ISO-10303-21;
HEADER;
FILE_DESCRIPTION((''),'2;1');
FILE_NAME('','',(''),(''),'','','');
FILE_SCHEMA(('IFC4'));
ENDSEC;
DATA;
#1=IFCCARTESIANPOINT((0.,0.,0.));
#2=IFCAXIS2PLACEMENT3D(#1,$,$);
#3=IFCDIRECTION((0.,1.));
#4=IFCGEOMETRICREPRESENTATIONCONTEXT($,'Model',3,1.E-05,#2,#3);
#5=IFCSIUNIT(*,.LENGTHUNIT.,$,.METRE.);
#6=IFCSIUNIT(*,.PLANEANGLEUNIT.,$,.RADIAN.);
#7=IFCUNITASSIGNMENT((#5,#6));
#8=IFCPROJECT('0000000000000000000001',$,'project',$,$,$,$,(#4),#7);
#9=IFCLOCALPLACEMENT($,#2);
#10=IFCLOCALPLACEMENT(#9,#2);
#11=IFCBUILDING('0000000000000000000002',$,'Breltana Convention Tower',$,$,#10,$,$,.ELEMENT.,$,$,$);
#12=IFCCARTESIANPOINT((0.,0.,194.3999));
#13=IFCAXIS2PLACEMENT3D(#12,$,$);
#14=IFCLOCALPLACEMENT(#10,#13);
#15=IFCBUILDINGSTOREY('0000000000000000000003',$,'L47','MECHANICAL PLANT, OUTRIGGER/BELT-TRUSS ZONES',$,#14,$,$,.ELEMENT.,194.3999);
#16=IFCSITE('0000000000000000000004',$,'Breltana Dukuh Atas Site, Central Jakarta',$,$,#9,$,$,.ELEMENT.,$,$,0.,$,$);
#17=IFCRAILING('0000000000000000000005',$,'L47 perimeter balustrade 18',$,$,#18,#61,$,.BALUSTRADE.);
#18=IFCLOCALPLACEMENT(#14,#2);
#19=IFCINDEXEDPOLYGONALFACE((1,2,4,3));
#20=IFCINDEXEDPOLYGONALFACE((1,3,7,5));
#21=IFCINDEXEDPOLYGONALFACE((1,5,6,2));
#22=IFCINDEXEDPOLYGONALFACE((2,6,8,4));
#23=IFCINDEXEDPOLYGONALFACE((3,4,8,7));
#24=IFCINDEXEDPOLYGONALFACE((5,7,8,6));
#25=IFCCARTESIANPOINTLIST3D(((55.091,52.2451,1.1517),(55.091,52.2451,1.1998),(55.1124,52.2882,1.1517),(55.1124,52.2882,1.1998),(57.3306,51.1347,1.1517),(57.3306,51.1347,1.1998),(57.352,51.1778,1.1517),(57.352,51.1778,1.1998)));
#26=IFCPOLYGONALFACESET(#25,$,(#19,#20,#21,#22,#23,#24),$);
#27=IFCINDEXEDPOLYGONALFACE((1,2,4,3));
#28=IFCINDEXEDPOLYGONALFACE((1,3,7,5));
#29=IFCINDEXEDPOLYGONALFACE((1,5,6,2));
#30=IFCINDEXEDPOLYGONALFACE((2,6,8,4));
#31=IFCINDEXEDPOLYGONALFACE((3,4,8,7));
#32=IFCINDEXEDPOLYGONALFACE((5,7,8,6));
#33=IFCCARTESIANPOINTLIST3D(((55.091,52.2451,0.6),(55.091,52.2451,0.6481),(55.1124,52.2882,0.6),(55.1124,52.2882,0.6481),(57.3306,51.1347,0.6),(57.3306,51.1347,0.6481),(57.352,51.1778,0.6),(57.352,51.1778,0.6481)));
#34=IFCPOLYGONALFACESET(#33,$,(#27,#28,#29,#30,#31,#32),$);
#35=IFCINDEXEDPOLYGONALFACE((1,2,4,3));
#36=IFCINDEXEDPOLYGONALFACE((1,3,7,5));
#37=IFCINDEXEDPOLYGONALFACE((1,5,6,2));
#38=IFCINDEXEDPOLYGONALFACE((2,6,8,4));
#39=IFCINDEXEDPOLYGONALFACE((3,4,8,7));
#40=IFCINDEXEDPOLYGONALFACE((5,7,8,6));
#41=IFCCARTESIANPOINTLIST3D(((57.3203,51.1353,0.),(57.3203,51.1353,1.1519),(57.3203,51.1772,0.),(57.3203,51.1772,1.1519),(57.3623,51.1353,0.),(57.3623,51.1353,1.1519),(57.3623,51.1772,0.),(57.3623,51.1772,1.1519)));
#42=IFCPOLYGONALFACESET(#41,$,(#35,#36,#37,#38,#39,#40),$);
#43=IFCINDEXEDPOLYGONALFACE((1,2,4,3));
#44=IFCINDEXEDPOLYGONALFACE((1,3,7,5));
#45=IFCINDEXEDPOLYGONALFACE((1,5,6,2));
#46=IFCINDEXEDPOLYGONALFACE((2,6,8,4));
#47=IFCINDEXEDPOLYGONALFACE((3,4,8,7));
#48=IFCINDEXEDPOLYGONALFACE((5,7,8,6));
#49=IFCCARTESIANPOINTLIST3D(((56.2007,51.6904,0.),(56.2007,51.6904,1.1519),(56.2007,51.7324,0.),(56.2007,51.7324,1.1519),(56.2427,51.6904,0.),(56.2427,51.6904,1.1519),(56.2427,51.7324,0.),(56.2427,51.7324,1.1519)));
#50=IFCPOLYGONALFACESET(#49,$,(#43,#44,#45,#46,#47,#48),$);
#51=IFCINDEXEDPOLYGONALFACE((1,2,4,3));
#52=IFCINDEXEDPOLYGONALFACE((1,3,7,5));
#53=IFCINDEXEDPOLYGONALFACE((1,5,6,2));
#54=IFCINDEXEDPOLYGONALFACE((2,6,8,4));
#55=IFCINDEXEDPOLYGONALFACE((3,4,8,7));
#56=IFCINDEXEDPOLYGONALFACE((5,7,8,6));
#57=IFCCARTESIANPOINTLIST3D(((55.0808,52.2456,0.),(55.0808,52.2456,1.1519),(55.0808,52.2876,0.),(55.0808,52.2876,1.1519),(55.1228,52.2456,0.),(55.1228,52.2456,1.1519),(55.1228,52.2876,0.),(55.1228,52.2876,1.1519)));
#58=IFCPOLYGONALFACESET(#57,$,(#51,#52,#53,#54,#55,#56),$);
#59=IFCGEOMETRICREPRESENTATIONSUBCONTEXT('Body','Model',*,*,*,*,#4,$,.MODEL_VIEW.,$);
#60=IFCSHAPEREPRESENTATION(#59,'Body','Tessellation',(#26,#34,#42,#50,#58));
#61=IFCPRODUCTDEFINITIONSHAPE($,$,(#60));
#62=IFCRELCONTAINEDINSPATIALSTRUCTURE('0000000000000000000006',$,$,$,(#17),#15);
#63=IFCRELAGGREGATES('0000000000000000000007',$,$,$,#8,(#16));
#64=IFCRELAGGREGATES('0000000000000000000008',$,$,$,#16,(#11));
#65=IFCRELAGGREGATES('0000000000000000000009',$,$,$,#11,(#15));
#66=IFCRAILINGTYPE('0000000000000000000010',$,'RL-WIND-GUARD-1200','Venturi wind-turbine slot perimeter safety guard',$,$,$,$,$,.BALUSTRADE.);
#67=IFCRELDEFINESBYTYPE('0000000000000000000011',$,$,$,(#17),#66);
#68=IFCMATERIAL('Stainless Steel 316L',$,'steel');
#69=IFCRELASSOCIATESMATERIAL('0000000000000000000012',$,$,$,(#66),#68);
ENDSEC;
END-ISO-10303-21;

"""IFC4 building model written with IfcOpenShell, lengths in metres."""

from ifc_helpers import new_model, si_unit, direction, frame, origin, origin_2d, place, context, subcontext, project, spatial, rectangle, extrude, material, type_object, element, save


model = new_model("IFC4")

# Units and contexts
model_context = context("Model", 3, precision=1e-05, world=origin(), true_north=direction((0.0, 1.0)))
body_context = subcontext(model_context, "Body", "Model", "MODEL_VIEW")
ifc_project = project(units=[si_unit("LENGTHUNIT", "METRE"), si_unit("PLANEANGLEUNIT", "RADIAN")], contexts=[model_context])

# Site, building, storey
site_placement = place(None, origin())
site = spatial("IfcSite", under=ifc_project, at=site_placement, Name="Breltana Dukuh Atas Site, Central Jakarta", CompositionType="ELEMENT", RefElevation=0.0)
building_placement = place(site_placement, origin())
building = spatial("IfcBuilding", under=site, at=building_placement, Name="Breltana Convention Tower", CompositionType="ELEMENT")
storey_placement = place(building_placement, frame((0.0, 0.0, 194.3999)))
storey = spatial("IfcBuildingStorey", under=building, at=storey_placement, Name="L47", Description="MECHANICAL PLANT, OUTRIGGER/BELT-TRUSS ZONES", CompositionType="ELEMENT", Elevation=194.3999)

# Railing
ifc_material_1 = material(Name="Stainless Steel 316L", Category="steel")
railing_type = type_object("IfcRailingType", Name="RL-WIND-GUARD-1200", Description="Venturi wind-turbine slot perimeter safety guard", PredefinedType="BALUSTRADE", material=ifc_material_1)
railing_1_placement = place(storey_placement, frame((57.3413, 51.1562, 0.0)))
element("IfcRailing", 1, at=railing_1_placement, inside=storey, type_object=railing_type, Name="L47 perimeter balustrade 18", PredefinedType="BALUSTRADE", context=body_context, shape_type="SweptSolid", body=[
    extrude(rectangle(XDim=0.0481, YDim=0.0481, at=origin_2d()), frame((0.0, 0.0, 1.1758), z_axis=(-0.895926, 0.444203, 0.0), x_axis=(-0.444203, -0.895926, 0.0)), (0.0, 0.0, 1.0), 2.4998),
    extrude(rectangle(XDim=0.0481, YDim=0.0481, at=origin_2d()), frame((0.0, 0.0, 0.624), z_axis=(-0.895926, 0.444203, 0.0), x_axis=(-0.444203, -0.895926, 0.0)), (0.0, 0.0, 1.0), 2.4998),
    extrude(rectangle(XDim=0.042, YDim=0.042, at=origin_2d()), origin(), (0.0, 0.0, 1.0), 1.1519),
    extrude(rectangle(XDim=0.042, YDim=0.042, at=origin_2d()), frame((-1.1196, 0.5552, 0.0)), (0.0, 0.0, 1.0), 1.1519),
    extrude(rectangle(XDim=0.042, YDim=0.042, at=origin_2d()), frame((-2.2395, 1.1104, 0.0)), (0.0, 0.0, 1.0), 1.1519),
])

save(model, "model.ifc")
